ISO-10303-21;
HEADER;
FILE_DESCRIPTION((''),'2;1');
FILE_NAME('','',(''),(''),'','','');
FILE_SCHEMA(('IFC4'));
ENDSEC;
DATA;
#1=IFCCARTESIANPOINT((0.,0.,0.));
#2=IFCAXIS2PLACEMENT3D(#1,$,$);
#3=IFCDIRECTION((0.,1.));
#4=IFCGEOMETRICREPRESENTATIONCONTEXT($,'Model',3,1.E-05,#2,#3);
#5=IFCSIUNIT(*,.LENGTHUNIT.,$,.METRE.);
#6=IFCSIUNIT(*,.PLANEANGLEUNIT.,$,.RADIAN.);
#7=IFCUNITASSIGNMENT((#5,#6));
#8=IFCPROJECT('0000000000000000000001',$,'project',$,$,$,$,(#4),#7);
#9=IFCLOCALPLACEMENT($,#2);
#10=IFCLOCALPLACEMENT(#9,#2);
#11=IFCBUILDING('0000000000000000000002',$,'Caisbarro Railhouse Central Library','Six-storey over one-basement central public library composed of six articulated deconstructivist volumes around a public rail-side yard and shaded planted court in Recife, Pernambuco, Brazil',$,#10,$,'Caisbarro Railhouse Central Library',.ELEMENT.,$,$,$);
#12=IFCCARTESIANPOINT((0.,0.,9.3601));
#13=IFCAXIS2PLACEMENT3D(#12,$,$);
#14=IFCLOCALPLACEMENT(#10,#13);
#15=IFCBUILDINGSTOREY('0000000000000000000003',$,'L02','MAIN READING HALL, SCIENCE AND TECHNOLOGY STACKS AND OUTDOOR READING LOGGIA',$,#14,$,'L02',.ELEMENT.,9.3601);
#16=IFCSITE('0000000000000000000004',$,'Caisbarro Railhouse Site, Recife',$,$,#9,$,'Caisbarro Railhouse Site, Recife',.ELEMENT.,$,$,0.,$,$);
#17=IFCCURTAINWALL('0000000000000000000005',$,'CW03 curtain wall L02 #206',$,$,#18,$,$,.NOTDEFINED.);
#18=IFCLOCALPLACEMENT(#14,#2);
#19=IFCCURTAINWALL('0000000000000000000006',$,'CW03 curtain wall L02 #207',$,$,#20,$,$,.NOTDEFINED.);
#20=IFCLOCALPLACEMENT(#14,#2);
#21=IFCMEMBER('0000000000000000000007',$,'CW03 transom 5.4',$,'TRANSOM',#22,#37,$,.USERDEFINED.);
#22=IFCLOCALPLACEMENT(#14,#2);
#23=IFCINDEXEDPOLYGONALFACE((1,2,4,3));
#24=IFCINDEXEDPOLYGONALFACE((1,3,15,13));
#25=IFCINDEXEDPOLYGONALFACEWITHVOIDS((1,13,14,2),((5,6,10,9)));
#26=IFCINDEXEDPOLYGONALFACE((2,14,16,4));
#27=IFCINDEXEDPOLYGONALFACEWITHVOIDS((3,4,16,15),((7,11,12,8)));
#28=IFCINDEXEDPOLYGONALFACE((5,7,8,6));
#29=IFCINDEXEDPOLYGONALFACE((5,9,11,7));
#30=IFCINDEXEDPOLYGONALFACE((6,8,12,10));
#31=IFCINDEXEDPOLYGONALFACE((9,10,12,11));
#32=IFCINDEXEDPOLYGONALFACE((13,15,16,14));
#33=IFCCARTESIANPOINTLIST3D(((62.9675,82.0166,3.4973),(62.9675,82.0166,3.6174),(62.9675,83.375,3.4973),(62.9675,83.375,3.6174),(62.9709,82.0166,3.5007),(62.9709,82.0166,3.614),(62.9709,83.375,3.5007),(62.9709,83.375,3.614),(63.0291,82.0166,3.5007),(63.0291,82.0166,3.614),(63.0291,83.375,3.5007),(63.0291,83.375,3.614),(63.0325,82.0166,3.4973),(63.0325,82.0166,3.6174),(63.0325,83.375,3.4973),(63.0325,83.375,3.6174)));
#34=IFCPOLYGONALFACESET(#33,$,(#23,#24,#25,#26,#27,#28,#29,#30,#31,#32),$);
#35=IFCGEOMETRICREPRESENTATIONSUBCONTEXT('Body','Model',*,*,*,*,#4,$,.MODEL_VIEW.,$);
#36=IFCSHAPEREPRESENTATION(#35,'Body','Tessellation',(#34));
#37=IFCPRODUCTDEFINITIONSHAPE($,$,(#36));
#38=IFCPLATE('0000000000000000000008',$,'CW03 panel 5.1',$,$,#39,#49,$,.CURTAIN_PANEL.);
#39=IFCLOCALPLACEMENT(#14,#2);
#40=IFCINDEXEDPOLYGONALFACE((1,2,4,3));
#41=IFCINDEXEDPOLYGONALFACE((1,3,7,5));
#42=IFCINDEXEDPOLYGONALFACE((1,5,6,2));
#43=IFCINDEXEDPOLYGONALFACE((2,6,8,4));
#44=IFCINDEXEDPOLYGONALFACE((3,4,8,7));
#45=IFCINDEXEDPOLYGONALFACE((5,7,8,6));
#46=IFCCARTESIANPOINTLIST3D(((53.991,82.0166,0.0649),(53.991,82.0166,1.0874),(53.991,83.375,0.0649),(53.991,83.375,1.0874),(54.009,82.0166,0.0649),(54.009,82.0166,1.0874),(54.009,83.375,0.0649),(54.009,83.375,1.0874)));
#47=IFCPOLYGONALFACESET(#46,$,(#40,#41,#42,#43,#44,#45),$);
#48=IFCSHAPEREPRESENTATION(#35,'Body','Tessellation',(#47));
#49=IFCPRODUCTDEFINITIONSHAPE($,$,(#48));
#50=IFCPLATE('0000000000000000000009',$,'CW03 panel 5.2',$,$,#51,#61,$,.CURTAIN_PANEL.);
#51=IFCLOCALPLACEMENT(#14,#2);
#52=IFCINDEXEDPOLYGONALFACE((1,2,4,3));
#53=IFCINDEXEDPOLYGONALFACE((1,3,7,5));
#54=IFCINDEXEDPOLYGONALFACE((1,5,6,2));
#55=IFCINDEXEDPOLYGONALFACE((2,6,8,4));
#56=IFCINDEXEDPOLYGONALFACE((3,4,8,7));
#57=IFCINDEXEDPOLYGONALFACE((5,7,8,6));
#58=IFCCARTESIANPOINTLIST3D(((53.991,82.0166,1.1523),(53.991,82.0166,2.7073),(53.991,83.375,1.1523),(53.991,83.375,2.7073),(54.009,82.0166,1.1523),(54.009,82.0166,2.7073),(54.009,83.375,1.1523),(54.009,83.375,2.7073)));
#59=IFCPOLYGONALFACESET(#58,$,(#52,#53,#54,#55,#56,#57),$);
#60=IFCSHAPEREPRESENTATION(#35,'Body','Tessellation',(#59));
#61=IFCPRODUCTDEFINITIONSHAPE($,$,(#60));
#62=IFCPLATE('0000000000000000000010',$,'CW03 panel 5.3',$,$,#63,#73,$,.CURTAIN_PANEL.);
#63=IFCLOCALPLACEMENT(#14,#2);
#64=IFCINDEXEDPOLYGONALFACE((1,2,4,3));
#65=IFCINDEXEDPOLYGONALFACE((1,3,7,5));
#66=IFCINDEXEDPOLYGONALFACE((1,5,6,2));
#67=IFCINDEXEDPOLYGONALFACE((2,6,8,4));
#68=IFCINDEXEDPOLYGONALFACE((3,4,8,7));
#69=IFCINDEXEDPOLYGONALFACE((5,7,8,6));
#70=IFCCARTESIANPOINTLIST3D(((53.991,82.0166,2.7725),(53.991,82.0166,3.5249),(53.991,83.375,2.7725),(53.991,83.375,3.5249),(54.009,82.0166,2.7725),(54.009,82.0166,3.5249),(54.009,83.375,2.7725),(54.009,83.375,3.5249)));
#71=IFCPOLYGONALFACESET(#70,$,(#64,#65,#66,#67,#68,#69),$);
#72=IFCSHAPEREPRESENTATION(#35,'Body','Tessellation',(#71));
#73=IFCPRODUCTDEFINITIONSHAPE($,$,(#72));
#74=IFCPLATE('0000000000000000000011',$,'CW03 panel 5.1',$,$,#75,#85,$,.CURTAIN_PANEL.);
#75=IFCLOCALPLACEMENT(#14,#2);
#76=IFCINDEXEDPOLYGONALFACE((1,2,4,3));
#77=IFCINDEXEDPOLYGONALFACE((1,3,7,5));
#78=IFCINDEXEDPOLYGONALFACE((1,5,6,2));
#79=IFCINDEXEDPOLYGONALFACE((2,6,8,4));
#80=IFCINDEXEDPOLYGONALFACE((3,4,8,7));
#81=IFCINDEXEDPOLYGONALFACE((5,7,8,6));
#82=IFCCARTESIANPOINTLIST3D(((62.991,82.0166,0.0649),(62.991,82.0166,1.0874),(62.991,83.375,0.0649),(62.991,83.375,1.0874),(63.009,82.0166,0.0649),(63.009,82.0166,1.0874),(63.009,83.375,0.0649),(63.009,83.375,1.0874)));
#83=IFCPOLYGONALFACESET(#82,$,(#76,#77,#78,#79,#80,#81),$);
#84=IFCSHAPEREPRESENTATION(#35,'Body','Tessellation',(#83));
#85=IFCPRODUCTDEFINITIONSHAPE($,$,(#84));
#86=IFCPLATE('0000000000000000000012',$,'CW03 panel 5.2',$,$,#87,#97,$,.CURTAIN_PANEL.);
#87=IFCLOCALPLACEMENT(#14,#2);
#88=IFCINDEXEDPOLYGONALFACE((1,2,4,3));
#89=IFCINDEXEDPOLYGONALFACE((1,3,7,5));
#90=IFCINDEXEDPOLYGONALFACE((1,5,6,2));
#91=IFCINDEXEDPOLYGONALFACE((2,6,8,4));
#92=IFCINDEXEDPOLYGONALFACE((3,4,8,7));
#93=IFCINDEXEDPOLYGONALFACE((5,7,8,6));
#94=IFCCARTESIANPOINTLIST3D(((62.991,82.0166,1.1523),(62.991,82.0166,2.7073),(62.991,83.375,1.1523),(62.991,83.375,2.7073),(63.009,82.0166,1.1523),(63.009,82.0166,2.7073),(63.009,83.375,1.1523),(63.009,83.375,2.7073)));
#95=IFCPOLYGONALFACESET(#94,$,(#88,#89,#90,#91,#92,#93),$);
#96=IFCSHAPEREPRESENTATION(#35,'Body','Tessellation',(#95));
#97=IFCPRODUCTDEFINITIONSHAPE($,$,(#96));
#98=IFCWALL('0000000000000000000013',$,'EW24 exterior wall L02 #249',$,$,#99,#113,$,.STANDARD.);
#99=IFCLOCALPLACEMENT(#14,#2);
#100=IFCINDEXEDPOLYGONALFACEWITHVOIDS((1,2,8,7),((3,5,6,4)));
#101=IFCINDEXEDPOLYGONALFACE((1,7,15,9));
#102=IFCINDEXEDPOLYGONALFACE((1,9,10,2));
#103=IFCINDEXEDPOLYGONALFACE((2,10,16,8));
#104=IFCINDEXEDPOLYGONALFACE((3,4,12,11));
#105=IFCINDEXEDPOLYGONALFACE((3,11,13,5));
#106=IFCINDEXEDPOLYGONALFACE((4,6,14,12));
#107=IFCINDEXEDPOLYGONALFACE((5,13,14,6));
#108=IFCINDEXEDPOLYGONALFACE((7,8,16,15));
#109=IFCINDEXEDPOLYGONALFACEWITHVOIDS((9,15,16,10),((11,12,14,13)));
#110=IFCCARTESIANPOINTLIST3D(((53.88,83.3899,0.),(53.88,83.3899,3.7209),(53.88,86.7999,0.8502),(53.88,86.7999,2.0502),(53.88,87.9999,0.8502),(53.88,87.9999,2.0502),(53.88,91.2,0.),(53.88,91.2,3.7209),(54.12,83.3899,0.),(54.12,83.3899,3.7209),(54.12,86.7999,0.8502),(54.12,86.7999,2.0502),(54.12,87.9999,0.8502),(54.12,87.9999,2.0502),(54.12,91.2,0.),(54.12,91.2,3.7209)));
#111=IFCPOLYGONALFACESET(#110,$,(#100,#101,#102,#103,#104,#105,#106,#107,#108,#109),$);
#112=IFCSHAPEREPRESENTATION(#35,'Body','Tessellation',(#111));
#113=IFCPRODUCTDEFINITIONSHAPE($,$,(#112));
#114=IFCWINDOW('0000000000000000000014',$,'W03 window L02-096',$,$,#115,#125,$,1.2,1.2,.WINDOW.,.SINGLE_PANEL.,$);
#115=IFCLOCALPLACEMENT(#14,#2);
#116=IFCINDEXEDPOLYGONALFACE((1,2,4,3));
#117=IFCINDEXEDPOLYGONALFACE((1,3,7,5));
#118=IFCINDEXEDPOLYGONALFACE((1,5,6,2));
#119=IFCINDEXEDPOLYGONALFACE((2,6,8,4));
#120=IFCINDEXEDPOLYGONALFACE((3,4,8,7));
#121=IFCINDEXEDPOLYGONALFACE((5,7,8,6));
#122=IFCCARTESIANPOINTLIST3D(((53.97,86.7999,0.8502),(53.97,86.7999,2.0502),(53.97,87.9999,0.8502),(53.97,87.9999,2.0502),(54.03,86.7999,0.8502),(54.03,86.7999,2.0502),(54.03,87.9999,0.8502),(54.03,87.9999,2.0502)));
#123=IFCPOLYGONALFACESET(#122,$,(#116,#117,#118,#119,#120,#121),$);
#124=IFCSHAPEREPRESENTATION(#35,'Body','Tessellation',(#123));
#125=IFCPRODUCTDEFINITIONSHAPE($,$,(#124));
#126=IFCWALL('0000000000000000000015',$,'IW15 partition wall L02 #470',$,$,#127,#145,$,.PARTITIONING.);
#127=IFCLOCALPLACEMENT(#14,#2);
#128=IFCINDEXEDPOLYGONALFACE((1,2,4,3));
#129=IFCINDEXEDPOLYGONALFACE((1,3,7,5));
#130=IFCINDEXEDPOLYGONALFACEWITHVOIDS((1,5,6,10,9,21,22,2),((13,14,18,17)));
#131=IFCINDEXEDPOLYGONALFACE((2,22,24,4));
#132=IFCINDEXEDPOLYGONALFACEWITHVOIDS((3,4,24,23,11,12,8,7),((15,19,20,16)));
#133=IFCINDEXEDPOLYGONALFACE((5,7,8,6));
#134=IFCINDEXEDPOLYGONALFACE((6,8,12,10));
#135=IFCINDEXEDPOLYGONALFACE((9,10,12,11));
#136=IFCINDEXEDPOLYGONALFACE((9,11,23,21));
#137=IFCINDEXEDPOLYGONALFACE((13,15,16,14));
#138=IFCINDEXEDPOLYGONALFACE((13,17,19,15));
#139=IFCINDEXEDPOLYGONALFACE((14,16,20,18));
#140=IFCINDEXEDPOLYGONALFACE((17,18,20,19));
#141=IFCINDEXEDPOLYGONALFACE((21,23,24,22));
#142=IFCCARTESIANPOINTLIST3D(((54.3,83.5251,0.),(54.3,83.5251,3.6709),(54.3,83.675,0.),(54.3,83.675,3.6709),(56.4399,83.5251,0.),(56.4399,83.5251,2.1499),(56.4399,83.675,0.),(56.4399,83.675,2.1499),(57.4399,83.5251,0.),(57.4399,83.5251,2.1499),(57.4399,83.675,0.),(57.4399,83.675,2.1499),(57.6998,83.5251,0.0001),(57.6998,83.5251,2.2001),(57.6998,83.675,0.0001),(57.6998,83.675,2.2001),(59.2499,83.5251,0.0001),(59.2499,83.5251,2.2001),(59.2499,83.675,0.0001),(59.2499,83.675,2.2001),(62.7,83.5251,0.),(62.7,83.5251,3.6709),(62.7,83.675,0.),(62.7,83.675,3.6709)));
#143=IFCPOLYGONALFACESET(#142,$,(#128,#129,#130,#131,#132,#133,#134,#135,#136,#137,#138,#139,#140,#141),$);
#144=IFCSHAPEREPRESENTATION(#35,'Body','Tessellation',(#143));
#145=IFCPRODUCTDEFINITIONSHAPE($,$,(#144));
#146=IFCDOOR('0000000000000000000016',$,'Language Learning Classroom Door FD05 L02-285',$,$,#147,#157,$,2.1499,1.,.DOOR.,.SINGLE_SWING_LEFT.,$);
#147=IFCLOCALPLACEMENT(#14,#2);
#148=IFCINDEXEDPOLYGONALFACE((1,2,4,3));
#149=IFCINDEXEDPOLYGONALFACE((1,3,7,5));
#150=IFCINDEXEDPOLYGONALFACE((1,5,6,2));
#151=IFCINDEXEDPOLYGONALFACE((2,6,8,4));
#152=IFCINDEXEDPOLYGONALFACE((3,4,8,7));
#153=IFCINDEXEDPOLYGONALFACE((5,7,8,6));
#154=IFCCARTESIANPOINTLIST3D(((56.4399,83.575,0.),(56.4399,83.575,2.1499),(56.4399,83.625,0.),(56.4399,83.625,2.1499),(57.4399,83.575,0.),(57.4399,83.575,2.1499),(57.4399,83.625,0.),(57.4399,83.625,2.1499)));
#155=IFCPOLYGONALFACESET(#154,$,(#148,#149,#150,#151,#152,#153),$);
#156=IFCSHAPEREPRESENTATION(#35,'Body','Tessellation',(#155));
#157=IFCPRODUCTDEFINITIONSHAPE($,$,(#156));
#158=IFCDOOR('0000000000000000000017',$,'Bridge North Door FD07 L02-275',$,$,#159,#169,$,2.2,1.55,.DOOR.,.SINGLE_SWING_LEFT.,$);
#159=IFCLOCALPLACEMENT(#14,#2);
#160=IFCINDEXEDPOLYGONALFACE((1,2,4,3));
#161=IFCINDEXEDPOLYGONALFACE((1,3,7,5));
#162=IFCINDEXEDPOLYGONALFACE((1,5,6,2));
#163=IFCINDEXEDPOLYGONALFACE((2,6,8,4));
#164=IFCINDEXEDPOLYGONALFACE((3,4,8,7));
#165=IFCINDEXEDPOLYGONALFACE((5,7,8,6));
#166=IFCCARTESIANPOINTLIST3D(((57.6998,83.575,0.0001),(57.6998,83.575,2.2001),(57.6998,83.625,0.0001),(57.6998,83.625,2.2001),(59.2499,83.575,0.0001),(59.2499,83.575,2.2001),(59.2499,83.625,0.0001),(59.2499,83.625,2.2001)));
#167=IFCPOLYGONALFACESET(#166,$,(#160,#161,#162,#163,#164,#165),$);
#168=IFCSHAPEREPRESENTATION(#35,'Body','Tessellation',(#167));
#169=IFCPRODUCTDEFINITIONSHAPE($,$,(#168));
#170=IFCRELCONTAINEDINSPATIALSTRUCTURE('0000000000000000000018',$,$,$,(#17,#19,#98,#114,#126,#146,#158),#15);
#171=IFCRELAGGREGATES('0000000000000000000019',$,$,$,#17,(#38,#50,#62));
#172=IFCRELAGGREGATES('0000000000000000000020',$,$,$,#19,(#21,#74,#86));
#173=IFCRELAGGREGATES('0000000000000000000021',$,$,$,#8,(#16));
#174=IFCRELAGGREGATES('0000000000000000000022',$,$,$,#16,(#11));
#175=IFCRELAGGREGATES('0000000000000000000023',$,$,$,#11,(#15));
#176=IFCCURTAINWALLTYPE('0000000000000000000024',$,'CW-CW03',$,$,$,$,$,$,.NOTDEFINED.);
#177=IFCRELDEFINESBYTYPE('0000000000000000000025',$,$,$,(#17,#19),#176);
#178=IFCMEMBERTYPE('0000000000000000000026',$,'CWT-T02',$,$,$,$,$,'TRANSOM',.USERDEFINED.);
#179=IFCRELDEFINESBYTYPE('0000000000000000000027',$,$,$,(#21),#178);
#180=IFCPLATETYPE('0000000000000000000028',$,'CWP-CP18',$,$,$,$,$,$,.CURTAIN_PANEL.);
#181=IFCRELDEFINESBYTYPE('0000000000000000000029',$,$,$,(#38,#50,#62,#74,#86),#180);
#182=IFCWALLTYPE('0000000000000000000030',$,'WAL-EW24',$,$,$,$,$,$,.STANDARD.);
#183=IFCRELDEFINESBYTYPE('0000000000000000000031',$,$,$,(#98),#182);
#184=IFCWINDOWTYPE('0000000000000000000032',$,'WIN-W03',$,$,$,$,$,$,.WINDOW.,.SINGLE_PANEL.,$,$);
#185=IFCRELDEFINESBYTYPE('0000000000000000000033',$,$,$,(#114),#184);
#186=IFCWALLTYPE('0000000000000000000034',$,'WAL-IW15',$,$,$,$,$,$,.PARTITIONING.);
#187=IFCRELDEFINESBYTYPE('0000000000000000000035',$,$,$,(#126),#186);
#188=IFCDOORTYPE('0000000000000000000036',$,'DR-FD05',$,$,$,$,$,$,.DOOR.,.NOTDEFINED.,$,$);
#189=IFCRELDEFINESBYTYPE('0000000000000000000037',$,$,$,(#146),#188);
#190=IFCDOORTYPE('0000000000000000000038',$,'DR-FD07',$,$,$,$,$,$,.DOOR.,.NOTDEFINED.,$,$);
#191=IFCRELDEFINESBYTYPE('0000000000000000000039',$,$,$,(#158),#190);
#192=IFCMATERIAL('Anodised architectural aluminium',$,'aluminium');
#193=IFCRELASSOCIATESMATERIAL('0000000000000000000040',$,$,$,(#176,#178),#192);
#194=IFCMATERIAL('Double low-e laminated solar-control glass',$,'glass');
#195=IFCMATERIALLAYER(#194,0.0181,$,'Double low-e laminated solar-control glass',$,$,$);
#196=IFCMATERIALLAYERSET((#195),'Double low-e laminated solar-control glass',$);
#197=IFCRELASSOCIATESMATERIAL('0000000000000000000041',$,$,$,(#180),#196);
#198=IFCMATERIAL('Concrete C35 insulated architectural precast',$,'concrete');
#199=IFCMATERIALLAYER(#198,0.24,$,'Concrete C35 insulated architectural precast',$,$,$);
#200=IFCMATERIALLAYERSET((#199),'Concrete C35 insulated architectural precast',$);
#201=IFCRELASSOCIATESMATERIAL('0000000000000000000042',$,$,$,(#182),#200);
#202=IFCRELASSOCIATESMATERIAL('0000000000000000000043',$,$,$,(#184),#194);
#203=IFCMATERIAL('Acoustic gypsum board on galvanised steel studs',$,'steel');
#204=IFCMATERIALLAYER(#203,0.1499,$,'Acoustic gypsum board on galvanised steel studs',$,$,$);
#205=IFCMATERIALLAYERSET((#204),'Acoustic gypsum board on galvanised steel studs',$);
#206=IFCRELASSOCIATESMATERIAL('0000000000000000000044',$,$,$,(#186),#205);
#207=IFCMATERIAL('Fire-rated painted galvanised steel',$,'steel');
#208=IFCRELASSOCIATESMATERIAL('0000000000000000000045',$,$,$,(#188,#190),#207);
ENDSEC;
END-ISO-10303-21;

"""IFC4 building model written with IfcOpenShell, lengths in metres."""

from ifc_helpers import new_model, si_unit, direction, frame, frame_2d, origin, origin_2d, place, context, subcontext, project, spatial, rectangle, hollow_rectangle, extrude, material, layer, layer_set, material_profile, profile_set, type_object, element, fill, aggregate, save


model = new_model("IFC4")

# Units and contexts
model_context = context("Model", 3, precision=1e-05, world=origin(), true_north=direction((0.0, 1.0)))
body_context = subcontext(model_context, "Body", "Model", "MODEL_VIEW")
ifc_project = project(units=[si_unit("LENGTHUNIT", "METRE"), si_unit("PLANEANGLEUNIT", "RADIAN")], contexts=[model_context])

# Site, building, storey
site_placement = place(None, origin())
site = spatial("IfcSite", under=ifc_project, at=site_placement, Name="Caisbarro Railhouse Site, Recife", LongName="Caisbarro Railhouse Site, Recife", CompositionType="ELEMENT", RefElevation=0.0)
building_placement = place(site_placement, origin())
building = spatial("IfcBuilding", under=site, at=building_placement, Name="Caisbarro Railhouse Central Library", Description="Six-storey over one-basement central public library composed of six articulated deconstructivist volumes around a public rail-side yard and shaded planted court in Recife, Pernambuco, Brazil", LongName="Caisbarro Railhouse Central Library", CompositionType="ELEMENT")
storey_placement = place(building_placement, frame((0.0, 0.0, 9.3601)))
storey = spatial("IfcBuildingStorey", under=building, at=storey_placement, Name="L02", Description="MAIN READING HALL, SCIENCE AND TECHNOLOGY STACKS AND OUTDOOR READING LOGGIA", LongName="L02", CompositionType="ELEMENT", Elevation=9.3601)

# Curtain wall
ifc_material_1 = material(Name="Anodised architectural aluminium", Category="aluminium")
curtain_wall_type = type_object("IfcCurtainWallType", Name="CW-CW03", PredefinedType="NOTDEFINED", material=ifc_material_1)
curtain_wall_1_placement = place(storey_placement, origin())
curtain_wall_1 = element("IfcCurtainWall", 1, at=curtain_wall_1_placement, inside=storey, type_object=curtain_wall_type, Name="CW03 curtain wall L02 #206", PredefinedType="NOTDEFINED")

# Curtain wall, member
curtain_wall_2_placement = place(storey_placement, origin())
curtain_wall_2 = element("IfcCurtainWall", 2, at=curtain_wall_2_placement, inside=storey, type_object=curtain_wall_type, Name="CW03 curtain wall L02 #207", PredefinedType="NOTDEFINED")
ifc_material_profile_1 = material_profile(ifc_material_1, hollow_rectangle(XDim=0.0649, YDim=0.1201, WallThickness=0.0034, at=origin_2d()), Name="ALU-TRN-65X120")
ifc_profile_set_1 = profile_set([ifc_material_profile_1], Name="Anodised architectural aluminium")
member_type_1 = type_object("IfcMemberType", Name="CWT-T02", ElementType="TRANSOM", PredefinedType="USERDEFINED", material=ifc_profile_set_1)
member_1_placement = place(storey_placement, frame((63.0, 82.0166, 3.5574), z_axis=(0.0, 1.0, 0.0), x_axis=(-1.0, 0.0, 0.0)))
member_1 = element("IfcMember", 3, at=member_1_placement, type_object=member_type_1, Name="CW03 transom 5.4", ObjectType="TRANSOM", PredefinedType="USERDEFINED", context=body_context, shape_type="SweptSolid", body=[
    extrude(hollow_rectangle(XDim=0.0649, YDim=0.1201, WallThickness=0.0034, at=origin_2d()), origin(), (0.0, 0.0, 1.0), 1.3584),
])

# Plates
ifc_material_2 = material(Name="Double low-e laminated solar-control glass", Category="glass")
ifc_layer_1 = layer(ifc_material_2, 0.0181, Name="Double low-e laminated solar-control glass")
ifc_layer_set_1 = layer_set([ifc_layer_1], Name="Double low-e laminated solar-control glass")
plate_type = type_object("IfcPlateType", Name="CWP-CP18", PredefinedType="CURTAIN_PANEL", material=ifc_layer_set_1)
plate_1_placement = place(storey_placement, frame((54.0, 82.6958, 0.0649), z_axis=(0.0, 0.0, 1.0), x_axis=(0.0, 1.0, 0.0)))
plate_1 = element("IfcPlate", 4, at=plate_1_placement, type_object=plate_type, Name="CW03 panel 5.1", PredefinedType="CURTAIN_PANEL", context=body_context, shape_type="SweptSolid", body=[
    extrude(rectangle(XDim=1.3584, YDim=0.0181, at=origin_2d()), origin(), (0.0, 0.0, 1.0), 1.0225),
])
plate_2_placement = place(storey_placement, frame((54.0, 82.6958, 1.1523), z_axis=(0.0, 0.0, 1.0), x_axis=(0.0, 1.0, 0.0)))
plate_2 = element("IfcPlate", 5, at=plate_2_placement, type_object=plate_type, Name="CW03 panel 5.2", PredefinedType="CURTAIN_PANEL", context=body_context, shape_type="SweptSolid", body=[
    extrude(rectangle(XDim=1.3584, YDim=0.0181, at=origin_2d()), origin(), (0.0, 0.0, 1.0), 1.5549),
])
plate_3_placement = place(storey_placement, frame((54.0, 82.6958, 2.7725), z_axis=(0.0, 0.0, 1.0), x_axis=(0.0, 1.0, 0.0)))
plate_3 = element("IfcPlate", 6, at=plate_3_placement, type_object=plate_type, Name="CW03 panel 5.3", PredefinedType="CURTAIN_PANEL", context=body_context, shape_type="SweptSolid", body=[
    extrude(rectangle(XDim=1.3584, YDim=0.0181, at=origin_2d()), origin(), (0.0, 0.0, 1.0), 0.7524),
])
aggregate(curtain_wall_1, [plate_1, plate_2, plate_3])
plate_4_placement = place(storey_placement, frame((63.0, 82.6958, 0.0649), z_axis=(0.0, 0.0, 1.0), x_axis=(0.0, 1.0, 0.0)))
plate_4 = element("IfcPlate", 7, at=plate_4_placement, type_object=plate_type, Name="CW03 panel 5.1", PredefinedType="CURTAIN_PANEL", context=body_context, shape_type="SweptSolid", body=[
    extrude(rectangle(XDim=1.3584, YDim=0.0181, at=origin_2d()), origin(), (0.0, 0.0, 1.0), 1.0225),
])
plate_5_placement = place(storey_placement, frame((63.0, 82.6958, 1.1523), z_axis=(0.0, 0.0, 1.0), x_axis=(0.0, 1.0, 0.0)))
plate_5 = element("IfcPlate", 8, at=plate_5_placement, type_object=plate_type, Name="CW03 panel 5.2", PredefinedType="CURTAIN_PANEL", context=body_context, shape_type="SweptSolid", body=[
    extrude(rectangle(XDim=1.3584, YDim=0.0181, at=origin_2d()), origin(), (0.0, 0.0, 1.0), 1.5549),
])
aggregate(curtain_wall_2, [member_1, plate_4, plate_5])

# Wall, opening, window
ifc_material_3 = material(Name="Concrete C35 insulated architectural precast", Category="concrete")
ifc_layer_2 = layer(ifc_material_3, 0.24, Name="Concrete C35 insulated architectural precast")
ifc_layer_set_2 = layer_set([ifc_layer_2], Name="Concrete C35 insulated architectural precast")
wall_type_1 = type_object("IfcWallType", Name="WAL-EW24", PredefinedType="STANDARD", material=ifc_layer_set_2)
wall_1_placement = place(storey_placement, frame((54.0, 83.3899, 0.0), z_axis=(0.0, 0.0, 1.0), x_axis=(0.0, 1.0, 0.0)))
wall_1 = element("IfcWall", 9, at=wall_1_placement, inside=storey, type_object=wall_type_1, Name="EW24 exterior wall L02 #249", PredefinedType="STANDARD", context=body_context, shape_type="SweptSolid", body=[
    extrude(rectangle(XDim=7.8101, YDim=0.24, at=frame_2d((3.905, 0.0))), origin(), (0.0, 0.0, 1.0), 3.7209),
])
opening_1_placement = place(wall_1_placement, frame((3.4099, 0.0, 0.8501)))
opening_1 = element("IfcOpeningElement", 10, at=opening_1_placement, cuts=wall_1, PredefinedType="OPENING", context=body_context, shape_type="SweptSolid", body=[
    extrude(rectangle(XDim=1.2, YDim=1.2, at=frame_2d((0.6001, 0.6001))), frame((0.0, 0.1299, 0.0), z_axis=(0.0, -1.0, 0.0), x_axis=(1.0, 0.0, 0.0)), (0.0, 0.0, 1.0), 0.26),
])
window_type = type_object("IfcWindowType", Name="WIN-W03", PartitioningType="SINGLE_PANEL", PredefinedType="WINDOW", material=ifc_material_2)
window_placement = place(opening_1_placement, origin())
window = element("IfcWindow", 11, at=window_placement, inside=storey, type_object=window_type, Name="W03 window L02-096", OverallHeight=1.2, OverallWidth=1.2, PartitioningType="SINGLE_PANEL", PredefinedType="WINDOW", context=body_context, shape_type="SweptSolid", body=[
    extrude(rectangle(XDim=1.2, YDim=1.2, at=frame_2d((0.6001, 0.6001))), frame((0.0, 0.03, 0.0), z_axis=(0.0, -1.0, 0.0), x_axis=(1.0, 0.0, 0.0)), (0.0, 0.0, 1.0), 0.0601),
])
fill(opening_1, window)

# Wall, openings, doors
ifc_material_4 = material(Name="Acoustic gypsum board on galvanised steel studs", Category="steel")
ifc_layer_3 = layer(ifc_material_4, 0.1499, Name="Acoustic gypsum board on galvanised steel studs")
ifc_layer_set_3 = layer_set([ifc_layer_3], Name="Acoustic gypsum board on galvanised steel studs")
wall_type_2 = type_object("IfcWallType", Name="WAL-IW15", PredefinedType="PARTITIONING", material=ifc_layer_set_3)
wall_2_placement = place(storey_placement, frame((54.3, 83.6001, 0.0), z_axis=(0.0, 0.0, 1.0), x_axis=(1.0, 0.0, 0.0)))
wall_2 = element("IfcWall", 12, at=wall_2_placement, inside=storey, type_object=wall_type_2, Name="IW15 partition wall L02 #470", PredefinedType="PARTITIONING", context=body_context, shape_type="SweptSolid", body=[
    extrude(rectangle(XDim=8.3999, YDim=0.1499, at=frame_2d((4.2, 0.0))), origin(), (0.0, 0.0, 1.0), 3.6709),
])
opening_2_placement = place(wall_2_placement, frame((3.3999, 0.0, 0.0)))
opening_2 = element("IfcOpeningElement", 13, at=opening_2_placement, cuts=wall_2, PredefinedType="OPENING", context=body_context, shape_type="SweptSolid", body=[
    extrude(rectangle(XDim=1.55, YDim=2.2, at=frame_2d((0.7749, 1.1001))), frame((0.0, 0.085, 0.0), z_axis=(0.0, -1.0, 0.0), x_axis=(1.0, 0.0, 0.0)), (0.0, 0.0, 1.0), 0.1699),
])
opening_3_placement = place(wall_2_placement, frame((2.1399, 0.0, 0.0)))
opening_3 = element("IfcOpeningElement", 14, at=opening_3_placement, cuts=wall_2, PredefinedType="OPENING", context=body_context, shape_type="SweptSolid", body=[
    extrude(rectangle(XDim=1.0, YDim=2.1499, at=frame_2d((0.5, 1.075))), frame((0.0, 0.085, 0.0), z_axis=(0.0, -1.0, 0.0), x_axis=(1.0, 0.0, 0.0)), (0.0, 0.0, 1.0), 0.1699),
])
ifc_material_5 = material(Name="Fire-rated painted galvanised steel", Category="steel")
door_type_1 = type_object("IfcDoorType", Name="DR-FD05", OperationType="NOTDEFINED", PredefinedType="DOOR", material=ifc_material_5)
door_1_placement = place(opening_3_placement, origin())
door_1 = element("IfcDoor", 15, at=door_1_placement, inside=storey, type_object=door_type_1, Name="Language Learning Classroom Door FD05 L02-285", OperationType="SINGLE_SWING_LEFT", OverallHeight=2.1499, OverallWidth=1.0, PredefinedType="DOOR", context=body_context, shape_type="SweptSolid", body=[
    extrude(rectangle(XDim=1.0, YDim=2.1499, at=frame_2d((0.5, 1.075))), frame((0.0, 0.0249, 0.0), z_axis=(0.0, -1.0, 0.0), x_axis=(1.0, 0.0, 0.0)), (0.0, 0.0, 1.0), 0.05),
])
fill(opening_3, door_1)
door_type_2 = type_object("IfcDoorType", Name="DR-FD07", OperationType="NOTDEFINED", PredefinedType="DOOR", material=ifc_material_5)
door_2_placement = place(opening_2_placement, origin())
door_2 = element("IfcDoor", 16, at=door_2_placement, inside=storey, type_object=door_type_2, Name="Bridge North Door FD07 L02-275", OperationType="SINGLE_SWING_LEFT", OverallHeight=2.2, OverallWidth=1.55, PredefinedType="DOOR", context=body_context, shape_type="SweptSolid", body=[
    extrude(rectangle(XDim=1.55, YDim=2.2, at=frame_2d((0.7749, 1.1001))), frame((0.0, 0.0249, 0.0), z_axis=(0.0, -1.0, 0.0), x_axis=(1.0, 0.0, 0.0)), (0.0, 0.0, 1.0), 0.05),
])
fill(opening_2, door_2)

save(model, "model.ifc")
